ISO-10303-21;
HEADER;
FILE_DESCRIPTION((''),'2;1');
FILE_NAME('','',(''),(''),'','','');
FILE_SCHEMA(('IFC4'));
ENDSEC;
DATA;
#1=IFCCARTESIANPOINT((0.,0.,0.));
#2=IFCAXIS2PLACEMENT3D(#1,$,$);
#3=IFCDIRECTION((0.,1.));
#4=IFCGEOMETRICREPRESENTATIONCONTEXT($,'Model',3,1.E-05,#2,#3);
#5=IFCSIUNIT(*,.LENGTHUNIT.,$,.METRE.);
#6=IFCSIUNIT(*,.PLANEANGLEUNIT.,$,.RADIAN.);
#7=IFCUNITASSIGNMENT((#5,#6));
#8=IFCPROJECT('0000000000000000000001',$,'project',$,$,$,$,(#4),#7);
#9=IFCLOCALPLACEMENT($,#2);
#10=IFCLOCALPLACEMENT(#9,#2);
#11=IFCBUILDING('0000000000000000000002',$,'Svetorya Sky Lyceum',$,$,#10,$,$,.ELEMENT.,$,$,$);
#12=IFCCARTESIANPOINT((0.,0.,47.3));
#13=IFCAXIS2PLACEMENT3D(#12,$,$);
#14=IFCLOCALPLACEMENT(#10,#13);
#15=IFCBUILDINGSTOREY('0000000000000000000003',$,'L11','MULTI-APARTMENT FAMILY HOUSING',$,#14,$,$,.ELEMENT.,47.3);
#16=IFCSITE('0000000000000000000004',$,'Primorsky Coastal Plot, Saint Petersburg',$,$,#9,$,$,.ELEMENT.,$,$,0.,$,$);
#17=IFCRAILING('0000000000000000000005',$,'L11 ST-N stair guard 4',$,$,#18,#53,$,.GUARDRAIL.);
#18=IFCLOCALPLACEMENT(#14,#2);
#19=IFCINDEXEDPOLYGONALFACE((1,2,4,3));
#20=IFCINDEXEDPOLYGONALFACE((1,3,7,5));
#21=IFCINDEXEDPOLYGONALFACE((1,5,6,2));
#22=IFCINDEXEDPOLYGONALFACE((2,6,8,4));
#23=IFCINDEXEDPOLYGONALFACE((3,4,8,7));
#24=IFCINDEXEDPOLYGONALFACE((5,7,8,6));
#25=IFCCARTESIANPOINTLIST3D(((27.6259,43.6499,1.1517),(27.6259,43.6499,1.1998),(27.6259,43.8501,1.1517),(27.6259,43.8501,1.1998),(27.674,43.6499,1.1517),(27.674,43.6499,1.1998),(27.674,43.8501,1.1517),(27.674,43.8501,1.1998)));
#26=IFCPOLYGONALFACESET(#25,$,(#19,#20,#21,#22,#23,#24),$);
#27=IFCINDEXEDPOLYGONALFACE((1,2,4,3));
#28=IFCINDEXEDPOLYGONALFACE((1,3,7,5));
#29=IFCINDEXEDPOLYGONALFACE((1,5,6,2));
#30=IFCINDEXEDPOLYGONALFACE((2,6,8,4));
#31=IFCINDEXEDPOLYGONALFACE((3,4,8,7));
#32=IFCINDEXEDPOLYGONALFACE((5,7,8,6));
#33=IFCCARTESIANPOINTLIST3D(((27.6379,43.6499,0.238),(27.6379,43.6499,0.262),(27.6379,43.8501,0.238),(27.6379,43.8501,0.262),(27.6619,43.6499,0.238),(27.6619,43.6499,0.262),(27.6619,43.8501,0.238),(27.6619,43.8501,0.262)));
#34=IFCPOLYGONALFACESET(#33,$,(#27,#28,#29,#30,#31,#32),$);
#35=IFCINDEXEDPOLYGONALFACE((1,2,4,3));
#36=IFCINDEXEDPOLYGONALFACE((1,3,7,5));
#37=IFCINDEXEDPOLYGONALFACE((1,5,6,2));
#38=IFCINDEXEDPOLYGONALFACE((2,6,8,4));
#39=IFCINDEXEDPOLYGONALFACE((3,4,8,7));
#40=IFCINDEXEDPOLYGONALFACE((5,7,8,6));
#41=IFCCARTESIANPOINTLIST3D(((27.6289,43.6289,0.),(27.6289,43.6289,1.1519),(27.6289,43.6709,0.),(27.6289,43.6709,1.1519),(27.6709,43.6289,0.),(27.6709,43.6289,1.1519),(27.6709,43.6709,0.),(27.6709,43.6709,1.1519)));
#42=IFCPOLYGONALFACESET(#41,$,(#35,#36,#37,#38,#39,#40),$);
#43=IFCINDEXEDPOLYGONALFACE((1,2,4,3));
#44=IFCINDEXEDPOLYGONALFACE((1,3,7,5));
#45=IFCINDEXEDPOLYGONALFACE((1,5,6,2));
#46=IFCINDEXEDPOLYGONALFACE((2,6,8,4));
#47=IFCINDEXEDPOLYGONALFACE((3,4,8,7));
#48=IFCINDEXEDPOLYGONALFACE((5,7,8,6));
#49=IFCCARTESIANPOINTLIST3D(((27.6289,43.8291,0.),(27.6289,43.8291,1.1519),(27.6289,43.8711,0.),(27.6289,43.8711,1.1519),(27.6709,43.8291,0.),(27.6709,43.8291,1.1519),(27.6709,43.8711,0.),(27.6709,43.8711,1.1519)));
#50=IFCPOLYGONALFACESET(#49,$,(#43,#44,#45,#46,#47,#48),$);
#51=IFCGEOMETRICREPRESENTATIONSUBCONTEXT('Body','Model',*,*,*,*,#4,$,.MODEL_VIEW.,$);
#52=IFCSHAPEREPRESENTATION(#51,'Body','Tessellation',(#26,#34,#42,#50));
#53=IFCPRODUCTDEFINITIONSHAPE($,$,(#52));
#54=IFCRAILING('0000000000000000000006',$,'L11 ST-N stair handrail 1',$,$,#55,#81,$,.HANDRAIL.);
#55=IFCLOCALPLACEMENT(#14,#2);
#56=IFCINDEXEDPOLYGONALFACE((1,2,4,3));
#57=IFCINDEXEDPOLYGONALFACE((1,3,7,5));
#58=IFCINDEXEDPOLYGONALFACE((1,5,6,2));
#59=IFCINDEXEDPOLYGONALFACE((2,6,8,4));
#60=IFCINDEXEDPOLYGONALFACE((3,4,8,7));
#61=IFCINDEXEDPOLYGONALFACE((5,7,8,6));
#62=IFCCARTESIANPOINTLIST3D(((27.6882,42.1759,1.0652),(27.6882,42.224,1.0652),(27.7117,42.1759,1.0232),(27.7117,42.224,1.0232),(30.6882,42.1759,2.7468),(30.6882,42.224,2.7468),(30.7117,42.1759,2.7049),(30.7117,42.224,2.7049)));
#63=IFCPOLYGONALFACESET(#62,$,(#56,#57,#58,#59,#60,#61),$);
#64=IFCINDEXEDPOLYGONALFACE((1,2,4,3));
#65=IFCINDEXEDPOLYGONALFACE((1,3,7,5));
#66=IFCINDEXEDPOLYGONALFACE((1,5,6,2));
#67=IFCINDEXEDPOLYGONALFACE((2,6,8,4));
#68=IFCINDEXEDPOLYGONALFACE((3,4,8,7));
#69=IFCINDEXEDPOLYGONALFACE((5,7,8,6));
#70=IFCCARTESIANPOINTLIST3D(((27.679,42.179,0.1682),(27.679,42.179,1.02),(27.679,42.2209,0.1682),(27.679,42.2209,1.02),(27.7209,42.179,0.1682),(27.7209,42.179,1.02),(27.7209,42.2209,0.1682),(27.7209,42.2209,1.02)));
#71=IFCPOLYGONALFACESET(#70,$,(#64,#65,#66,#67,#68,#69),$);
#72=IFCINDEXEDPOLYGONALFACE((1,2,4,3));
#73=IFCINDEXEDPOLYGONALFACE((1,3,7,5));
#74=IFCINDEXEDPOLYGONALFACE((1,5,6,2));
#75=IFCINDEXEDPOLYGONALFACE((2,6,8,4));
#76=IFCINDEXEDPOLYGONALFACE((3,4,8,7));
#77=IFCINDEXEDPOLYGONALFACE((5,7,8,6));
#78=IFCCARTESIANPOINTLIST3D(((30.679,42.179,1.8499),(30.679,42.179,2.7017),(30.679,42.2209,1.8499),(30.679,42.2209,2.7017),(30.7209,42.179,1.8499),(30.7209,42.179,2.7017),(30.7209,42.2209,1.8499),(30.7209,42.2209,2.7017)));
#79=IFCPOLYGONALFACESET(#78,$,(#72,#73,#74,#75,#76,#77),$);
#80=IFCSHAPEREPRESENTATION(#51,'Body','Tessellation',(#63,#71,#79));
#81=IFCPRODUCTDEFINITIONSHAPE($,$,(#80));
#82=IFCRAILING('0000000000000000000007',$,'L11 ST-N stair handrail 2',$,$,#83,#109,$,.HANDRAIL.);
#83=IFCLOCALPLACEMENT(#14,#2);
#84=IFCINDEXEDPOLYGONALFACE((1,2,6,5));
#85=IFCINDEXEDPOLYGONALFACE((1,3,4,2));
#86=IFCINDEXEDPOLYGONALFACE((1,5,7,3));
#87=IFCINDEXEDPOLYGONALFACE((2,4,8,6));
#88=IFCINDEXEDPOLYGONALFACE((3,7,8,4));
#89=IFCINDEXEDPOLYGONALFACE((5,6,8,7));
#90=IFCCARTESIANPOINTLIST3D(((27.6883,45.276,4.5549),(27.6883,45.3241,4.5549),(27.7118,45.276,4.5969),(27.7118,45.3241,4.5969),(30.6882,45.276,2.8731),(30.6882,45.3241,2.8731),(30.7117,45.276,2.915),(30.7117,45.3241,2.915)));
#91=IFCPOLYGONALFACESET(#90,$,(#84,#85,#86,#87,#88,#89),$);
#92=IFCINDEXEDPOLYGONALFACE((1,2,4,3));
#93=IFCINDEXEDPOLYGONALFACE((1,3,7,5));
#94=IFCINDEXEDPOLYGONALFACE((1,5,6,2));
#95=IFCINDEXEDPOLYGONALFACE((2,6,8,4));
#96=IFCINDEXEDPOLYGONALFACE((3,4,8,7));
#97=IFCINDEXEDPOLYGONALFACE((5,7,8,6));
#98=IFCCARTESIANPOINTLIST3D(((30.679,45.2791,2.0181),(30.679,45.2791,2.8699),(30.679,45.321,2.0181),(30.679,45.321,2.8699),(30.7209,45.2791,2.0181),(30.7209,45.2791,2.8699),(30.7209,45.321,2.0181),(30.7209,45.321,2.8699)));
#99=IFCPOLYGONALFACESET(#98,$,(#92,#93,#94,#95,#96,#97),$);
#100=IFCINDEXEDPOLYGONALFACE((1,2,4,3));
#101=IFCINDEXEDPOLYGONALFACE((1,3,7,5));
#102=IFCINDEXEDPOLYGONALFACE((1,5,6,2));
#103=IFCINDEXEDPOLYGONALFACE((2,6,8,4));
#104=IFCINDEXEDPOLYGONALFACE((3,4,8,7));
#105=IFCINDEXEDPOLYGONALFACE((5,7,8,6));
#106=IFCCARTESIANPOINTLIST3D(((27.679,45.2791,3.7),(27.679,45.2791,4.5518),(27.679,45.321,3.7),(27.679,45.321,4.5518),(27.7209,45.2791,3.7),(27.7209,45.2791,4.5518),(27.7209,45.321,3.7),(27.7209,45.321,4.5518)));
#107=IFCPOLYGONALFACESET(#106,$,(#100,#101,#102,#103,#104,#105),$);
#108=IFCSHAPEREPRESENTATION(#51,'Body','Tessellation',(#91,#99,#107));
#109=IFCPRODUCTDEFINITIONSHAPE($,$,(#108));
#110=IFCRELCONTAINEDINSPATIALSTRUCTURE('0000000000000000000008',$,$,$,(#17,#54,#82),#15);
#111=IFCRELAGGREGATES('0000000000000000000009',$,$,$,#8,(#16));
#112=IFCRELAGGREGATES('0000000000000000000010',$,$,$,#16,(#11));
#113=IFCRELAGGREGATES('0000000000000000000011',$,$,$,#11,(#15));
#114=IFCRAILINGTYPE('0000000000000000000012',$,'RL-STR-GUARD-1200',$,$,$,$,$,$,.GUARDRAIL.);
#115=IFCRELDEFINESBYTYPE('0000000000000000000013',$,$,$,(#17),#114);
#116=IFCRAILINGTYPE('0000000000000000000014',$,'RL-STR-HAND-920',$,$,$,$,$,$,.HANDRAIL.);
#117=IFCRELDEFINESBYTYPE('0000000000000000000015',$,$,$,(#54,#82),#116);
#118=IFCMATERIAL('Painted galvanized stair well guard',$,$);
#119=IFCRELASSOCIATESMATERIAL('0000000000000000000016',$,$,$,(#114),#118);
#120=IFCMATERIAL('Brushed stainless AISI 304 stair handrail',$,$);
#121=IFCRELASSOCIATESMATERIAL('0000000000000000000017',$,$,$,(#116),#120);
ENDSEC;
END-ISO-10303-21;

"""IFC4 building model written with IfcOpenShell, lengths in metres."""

from ifc_helpers import new_model, si_unit, direction, frame, origin, origin_2d, place, context, subcontext, project, spatial, rectangle, extrude, material, type_object, element, save


model = new_model("IFC4")

# Units and contexts
model_context = context("Model", 3, precision=1e-05, world=origin(), true_north=direction((0.0, 1.0)))
body_context = subcontext(model_context, "Body", "Model", "MODEL_VIEW")
ifc_project = project(units=[si_unit("LENGTHUNIT", "METRE"), si_unit("PLANEANGLEUNIT", "RADIAN")], contexts=[model_context])

# Site, building, storey
site_placement = place(None, origin())
site = spatial("IfcSite", under=ifc_project, at=site_placement, Name="Primorsky Coastal Plot, Saint Petersburg", CompositionType="ELEMENT", RefElevation=0.0)
building_placement = place(site_placement, origin())
building = spatial("IfcBuilding", under=site, at=building_placement, Name="Svetorya Sky Lyceum", CompositionType="ELEMENT")
storey_placement = place(building_placement, frame((0.0, 0.0, 47.3)))
storey = spatial("IfcBuildingStorey", under=building, at=storey_placement, Name="L11", Description="MULTI-APARTMENT FAMILY HOUSING", CompositionType="ELEMENT", Elevation=47.3)

# Railings
ifc_material_1 = material(Name="Painted galvanized stair well guard")
railing_type_1 = type_object("IfcRailingType", Name="RL-STR-GUARD-1200", PredefinedType="GUARDRAIL", material=ifc_material_1)
railing_1_placement = place(storey_placement, frame((27.6499, 43.6499, 0.0)))
element("IfcRailing", 1, at=railing_1_placement, inside=storey, type_object=railing_type_1, Name="L11 ST-N stair guard 4", PredefinedType="GUARDRAIL", context=body_context, shape_type="SweptSolid", body=[
    extrude(rectangle(XDim=0.0481, YDim=0.0481, at=origin_2d()), frame((0.0, 0.0, 1.1758), z_axis=(0.0, 1.0, 0.0), x_axis=(-1.0, 0.0, 0.0)), (0.0, 0.0, 1.0), 0.2002),
    extrude(rectangle(XDim=0.0239, YDim=0.0239, at=origin_2d()), frame((0.0, 0.0, 0.25), z_axis=(0.0, 1.0, 0.0), x_axis=(-1.0, 0.0, 0.0)), (0.0, 0.0, 1.0), 0.2002),
    extrude(rectangle(XDim=0.042, YDim=0.042, at=origin_2d()), origin(), (0.0, 0.0, 1.0), 1.1519),
    extrude(rectangle(XDim=0.042, YDim=0.042, at=origin_2d()), frame((0.0, 0.2002, 0.0)), (0.0, 0.0, 1.0), 1.1519),
])
ifc_material_2 = material(Name="Brushed stainless AISI 304 stair handrail")
railing_type_2 = type_object("IfcRailingType", Name="RL-STR-HAND-920", PredefinedType="HANDRAIL", material=ifc_material_2)
railing_2_placement = place(storey_placement, frame((27.7, 42.2, 0.1682)))
element("IfcRailing", 2, at=railing_2_placement, inside=storey, type_object=railing_type_2, Name="L11 ST-N stair handrail 1", PredefinedType="HANDRAIL", context=body_context, shape_type="SweptSolid", body=[
    extrude(rectangle(XDim=0.0481, YDim=0.0481, at=origin_2d()), frame((0.0, 0.0, 0.876), z_axis=(0.872303, 0.0, 0.488966), x_axis=(0.0, 1.0, 0.0)), (0.0, 0.0, 1.0), 3.4392),
    extrude(rectangle(XDim=0.042, YDim=0.042, at=origin_2d()), origin(), (0.0, 0.0, 1.0), 0.8518),
    extrude(rectangle(XDim=0.042, YDim=0.042, at=origin_2d()), frame((3.0, 0.0, 1.6816)), (0.0, 0.0, 1.0), 0.8518),
])
railing_3_placement = place(storey_placement, frame((30.7, 45.3, 2.0181)))
element("IfcRailing", 3, at=railing_3_placement, inside=storey, type_object=railing_type_2, Name="L11 ST-N stair handrail 2", PredefinedType="HANDRAIL", context=body_context, shape_type="SweptSolid", body=[
    extrude(rectangle(XDim=0.0481, YDim=0.0481, at=origin_2d()), frame((0.0, 0.0, 0.876), z_axis=(-0.872272, 0.0, 0.48902), x_axis=(0.0, -1.0, 0.0)), (0.0, 0.0, 1.0), 3.4392),
    extrude(rectangle(XDim=0.042, YDim=0.042, at=origin_2d()), origin(), (0.0, 0.0, 1.0), 0.8518),
    extrude(rectangle(XDim=0.042, YDim=0.042, at=origin_2d()), frame((-3.0, 0.0, 1.6819)), (0.0, 0.0, 1.0), 0.8518),
])

save(model, "model.ifc")
